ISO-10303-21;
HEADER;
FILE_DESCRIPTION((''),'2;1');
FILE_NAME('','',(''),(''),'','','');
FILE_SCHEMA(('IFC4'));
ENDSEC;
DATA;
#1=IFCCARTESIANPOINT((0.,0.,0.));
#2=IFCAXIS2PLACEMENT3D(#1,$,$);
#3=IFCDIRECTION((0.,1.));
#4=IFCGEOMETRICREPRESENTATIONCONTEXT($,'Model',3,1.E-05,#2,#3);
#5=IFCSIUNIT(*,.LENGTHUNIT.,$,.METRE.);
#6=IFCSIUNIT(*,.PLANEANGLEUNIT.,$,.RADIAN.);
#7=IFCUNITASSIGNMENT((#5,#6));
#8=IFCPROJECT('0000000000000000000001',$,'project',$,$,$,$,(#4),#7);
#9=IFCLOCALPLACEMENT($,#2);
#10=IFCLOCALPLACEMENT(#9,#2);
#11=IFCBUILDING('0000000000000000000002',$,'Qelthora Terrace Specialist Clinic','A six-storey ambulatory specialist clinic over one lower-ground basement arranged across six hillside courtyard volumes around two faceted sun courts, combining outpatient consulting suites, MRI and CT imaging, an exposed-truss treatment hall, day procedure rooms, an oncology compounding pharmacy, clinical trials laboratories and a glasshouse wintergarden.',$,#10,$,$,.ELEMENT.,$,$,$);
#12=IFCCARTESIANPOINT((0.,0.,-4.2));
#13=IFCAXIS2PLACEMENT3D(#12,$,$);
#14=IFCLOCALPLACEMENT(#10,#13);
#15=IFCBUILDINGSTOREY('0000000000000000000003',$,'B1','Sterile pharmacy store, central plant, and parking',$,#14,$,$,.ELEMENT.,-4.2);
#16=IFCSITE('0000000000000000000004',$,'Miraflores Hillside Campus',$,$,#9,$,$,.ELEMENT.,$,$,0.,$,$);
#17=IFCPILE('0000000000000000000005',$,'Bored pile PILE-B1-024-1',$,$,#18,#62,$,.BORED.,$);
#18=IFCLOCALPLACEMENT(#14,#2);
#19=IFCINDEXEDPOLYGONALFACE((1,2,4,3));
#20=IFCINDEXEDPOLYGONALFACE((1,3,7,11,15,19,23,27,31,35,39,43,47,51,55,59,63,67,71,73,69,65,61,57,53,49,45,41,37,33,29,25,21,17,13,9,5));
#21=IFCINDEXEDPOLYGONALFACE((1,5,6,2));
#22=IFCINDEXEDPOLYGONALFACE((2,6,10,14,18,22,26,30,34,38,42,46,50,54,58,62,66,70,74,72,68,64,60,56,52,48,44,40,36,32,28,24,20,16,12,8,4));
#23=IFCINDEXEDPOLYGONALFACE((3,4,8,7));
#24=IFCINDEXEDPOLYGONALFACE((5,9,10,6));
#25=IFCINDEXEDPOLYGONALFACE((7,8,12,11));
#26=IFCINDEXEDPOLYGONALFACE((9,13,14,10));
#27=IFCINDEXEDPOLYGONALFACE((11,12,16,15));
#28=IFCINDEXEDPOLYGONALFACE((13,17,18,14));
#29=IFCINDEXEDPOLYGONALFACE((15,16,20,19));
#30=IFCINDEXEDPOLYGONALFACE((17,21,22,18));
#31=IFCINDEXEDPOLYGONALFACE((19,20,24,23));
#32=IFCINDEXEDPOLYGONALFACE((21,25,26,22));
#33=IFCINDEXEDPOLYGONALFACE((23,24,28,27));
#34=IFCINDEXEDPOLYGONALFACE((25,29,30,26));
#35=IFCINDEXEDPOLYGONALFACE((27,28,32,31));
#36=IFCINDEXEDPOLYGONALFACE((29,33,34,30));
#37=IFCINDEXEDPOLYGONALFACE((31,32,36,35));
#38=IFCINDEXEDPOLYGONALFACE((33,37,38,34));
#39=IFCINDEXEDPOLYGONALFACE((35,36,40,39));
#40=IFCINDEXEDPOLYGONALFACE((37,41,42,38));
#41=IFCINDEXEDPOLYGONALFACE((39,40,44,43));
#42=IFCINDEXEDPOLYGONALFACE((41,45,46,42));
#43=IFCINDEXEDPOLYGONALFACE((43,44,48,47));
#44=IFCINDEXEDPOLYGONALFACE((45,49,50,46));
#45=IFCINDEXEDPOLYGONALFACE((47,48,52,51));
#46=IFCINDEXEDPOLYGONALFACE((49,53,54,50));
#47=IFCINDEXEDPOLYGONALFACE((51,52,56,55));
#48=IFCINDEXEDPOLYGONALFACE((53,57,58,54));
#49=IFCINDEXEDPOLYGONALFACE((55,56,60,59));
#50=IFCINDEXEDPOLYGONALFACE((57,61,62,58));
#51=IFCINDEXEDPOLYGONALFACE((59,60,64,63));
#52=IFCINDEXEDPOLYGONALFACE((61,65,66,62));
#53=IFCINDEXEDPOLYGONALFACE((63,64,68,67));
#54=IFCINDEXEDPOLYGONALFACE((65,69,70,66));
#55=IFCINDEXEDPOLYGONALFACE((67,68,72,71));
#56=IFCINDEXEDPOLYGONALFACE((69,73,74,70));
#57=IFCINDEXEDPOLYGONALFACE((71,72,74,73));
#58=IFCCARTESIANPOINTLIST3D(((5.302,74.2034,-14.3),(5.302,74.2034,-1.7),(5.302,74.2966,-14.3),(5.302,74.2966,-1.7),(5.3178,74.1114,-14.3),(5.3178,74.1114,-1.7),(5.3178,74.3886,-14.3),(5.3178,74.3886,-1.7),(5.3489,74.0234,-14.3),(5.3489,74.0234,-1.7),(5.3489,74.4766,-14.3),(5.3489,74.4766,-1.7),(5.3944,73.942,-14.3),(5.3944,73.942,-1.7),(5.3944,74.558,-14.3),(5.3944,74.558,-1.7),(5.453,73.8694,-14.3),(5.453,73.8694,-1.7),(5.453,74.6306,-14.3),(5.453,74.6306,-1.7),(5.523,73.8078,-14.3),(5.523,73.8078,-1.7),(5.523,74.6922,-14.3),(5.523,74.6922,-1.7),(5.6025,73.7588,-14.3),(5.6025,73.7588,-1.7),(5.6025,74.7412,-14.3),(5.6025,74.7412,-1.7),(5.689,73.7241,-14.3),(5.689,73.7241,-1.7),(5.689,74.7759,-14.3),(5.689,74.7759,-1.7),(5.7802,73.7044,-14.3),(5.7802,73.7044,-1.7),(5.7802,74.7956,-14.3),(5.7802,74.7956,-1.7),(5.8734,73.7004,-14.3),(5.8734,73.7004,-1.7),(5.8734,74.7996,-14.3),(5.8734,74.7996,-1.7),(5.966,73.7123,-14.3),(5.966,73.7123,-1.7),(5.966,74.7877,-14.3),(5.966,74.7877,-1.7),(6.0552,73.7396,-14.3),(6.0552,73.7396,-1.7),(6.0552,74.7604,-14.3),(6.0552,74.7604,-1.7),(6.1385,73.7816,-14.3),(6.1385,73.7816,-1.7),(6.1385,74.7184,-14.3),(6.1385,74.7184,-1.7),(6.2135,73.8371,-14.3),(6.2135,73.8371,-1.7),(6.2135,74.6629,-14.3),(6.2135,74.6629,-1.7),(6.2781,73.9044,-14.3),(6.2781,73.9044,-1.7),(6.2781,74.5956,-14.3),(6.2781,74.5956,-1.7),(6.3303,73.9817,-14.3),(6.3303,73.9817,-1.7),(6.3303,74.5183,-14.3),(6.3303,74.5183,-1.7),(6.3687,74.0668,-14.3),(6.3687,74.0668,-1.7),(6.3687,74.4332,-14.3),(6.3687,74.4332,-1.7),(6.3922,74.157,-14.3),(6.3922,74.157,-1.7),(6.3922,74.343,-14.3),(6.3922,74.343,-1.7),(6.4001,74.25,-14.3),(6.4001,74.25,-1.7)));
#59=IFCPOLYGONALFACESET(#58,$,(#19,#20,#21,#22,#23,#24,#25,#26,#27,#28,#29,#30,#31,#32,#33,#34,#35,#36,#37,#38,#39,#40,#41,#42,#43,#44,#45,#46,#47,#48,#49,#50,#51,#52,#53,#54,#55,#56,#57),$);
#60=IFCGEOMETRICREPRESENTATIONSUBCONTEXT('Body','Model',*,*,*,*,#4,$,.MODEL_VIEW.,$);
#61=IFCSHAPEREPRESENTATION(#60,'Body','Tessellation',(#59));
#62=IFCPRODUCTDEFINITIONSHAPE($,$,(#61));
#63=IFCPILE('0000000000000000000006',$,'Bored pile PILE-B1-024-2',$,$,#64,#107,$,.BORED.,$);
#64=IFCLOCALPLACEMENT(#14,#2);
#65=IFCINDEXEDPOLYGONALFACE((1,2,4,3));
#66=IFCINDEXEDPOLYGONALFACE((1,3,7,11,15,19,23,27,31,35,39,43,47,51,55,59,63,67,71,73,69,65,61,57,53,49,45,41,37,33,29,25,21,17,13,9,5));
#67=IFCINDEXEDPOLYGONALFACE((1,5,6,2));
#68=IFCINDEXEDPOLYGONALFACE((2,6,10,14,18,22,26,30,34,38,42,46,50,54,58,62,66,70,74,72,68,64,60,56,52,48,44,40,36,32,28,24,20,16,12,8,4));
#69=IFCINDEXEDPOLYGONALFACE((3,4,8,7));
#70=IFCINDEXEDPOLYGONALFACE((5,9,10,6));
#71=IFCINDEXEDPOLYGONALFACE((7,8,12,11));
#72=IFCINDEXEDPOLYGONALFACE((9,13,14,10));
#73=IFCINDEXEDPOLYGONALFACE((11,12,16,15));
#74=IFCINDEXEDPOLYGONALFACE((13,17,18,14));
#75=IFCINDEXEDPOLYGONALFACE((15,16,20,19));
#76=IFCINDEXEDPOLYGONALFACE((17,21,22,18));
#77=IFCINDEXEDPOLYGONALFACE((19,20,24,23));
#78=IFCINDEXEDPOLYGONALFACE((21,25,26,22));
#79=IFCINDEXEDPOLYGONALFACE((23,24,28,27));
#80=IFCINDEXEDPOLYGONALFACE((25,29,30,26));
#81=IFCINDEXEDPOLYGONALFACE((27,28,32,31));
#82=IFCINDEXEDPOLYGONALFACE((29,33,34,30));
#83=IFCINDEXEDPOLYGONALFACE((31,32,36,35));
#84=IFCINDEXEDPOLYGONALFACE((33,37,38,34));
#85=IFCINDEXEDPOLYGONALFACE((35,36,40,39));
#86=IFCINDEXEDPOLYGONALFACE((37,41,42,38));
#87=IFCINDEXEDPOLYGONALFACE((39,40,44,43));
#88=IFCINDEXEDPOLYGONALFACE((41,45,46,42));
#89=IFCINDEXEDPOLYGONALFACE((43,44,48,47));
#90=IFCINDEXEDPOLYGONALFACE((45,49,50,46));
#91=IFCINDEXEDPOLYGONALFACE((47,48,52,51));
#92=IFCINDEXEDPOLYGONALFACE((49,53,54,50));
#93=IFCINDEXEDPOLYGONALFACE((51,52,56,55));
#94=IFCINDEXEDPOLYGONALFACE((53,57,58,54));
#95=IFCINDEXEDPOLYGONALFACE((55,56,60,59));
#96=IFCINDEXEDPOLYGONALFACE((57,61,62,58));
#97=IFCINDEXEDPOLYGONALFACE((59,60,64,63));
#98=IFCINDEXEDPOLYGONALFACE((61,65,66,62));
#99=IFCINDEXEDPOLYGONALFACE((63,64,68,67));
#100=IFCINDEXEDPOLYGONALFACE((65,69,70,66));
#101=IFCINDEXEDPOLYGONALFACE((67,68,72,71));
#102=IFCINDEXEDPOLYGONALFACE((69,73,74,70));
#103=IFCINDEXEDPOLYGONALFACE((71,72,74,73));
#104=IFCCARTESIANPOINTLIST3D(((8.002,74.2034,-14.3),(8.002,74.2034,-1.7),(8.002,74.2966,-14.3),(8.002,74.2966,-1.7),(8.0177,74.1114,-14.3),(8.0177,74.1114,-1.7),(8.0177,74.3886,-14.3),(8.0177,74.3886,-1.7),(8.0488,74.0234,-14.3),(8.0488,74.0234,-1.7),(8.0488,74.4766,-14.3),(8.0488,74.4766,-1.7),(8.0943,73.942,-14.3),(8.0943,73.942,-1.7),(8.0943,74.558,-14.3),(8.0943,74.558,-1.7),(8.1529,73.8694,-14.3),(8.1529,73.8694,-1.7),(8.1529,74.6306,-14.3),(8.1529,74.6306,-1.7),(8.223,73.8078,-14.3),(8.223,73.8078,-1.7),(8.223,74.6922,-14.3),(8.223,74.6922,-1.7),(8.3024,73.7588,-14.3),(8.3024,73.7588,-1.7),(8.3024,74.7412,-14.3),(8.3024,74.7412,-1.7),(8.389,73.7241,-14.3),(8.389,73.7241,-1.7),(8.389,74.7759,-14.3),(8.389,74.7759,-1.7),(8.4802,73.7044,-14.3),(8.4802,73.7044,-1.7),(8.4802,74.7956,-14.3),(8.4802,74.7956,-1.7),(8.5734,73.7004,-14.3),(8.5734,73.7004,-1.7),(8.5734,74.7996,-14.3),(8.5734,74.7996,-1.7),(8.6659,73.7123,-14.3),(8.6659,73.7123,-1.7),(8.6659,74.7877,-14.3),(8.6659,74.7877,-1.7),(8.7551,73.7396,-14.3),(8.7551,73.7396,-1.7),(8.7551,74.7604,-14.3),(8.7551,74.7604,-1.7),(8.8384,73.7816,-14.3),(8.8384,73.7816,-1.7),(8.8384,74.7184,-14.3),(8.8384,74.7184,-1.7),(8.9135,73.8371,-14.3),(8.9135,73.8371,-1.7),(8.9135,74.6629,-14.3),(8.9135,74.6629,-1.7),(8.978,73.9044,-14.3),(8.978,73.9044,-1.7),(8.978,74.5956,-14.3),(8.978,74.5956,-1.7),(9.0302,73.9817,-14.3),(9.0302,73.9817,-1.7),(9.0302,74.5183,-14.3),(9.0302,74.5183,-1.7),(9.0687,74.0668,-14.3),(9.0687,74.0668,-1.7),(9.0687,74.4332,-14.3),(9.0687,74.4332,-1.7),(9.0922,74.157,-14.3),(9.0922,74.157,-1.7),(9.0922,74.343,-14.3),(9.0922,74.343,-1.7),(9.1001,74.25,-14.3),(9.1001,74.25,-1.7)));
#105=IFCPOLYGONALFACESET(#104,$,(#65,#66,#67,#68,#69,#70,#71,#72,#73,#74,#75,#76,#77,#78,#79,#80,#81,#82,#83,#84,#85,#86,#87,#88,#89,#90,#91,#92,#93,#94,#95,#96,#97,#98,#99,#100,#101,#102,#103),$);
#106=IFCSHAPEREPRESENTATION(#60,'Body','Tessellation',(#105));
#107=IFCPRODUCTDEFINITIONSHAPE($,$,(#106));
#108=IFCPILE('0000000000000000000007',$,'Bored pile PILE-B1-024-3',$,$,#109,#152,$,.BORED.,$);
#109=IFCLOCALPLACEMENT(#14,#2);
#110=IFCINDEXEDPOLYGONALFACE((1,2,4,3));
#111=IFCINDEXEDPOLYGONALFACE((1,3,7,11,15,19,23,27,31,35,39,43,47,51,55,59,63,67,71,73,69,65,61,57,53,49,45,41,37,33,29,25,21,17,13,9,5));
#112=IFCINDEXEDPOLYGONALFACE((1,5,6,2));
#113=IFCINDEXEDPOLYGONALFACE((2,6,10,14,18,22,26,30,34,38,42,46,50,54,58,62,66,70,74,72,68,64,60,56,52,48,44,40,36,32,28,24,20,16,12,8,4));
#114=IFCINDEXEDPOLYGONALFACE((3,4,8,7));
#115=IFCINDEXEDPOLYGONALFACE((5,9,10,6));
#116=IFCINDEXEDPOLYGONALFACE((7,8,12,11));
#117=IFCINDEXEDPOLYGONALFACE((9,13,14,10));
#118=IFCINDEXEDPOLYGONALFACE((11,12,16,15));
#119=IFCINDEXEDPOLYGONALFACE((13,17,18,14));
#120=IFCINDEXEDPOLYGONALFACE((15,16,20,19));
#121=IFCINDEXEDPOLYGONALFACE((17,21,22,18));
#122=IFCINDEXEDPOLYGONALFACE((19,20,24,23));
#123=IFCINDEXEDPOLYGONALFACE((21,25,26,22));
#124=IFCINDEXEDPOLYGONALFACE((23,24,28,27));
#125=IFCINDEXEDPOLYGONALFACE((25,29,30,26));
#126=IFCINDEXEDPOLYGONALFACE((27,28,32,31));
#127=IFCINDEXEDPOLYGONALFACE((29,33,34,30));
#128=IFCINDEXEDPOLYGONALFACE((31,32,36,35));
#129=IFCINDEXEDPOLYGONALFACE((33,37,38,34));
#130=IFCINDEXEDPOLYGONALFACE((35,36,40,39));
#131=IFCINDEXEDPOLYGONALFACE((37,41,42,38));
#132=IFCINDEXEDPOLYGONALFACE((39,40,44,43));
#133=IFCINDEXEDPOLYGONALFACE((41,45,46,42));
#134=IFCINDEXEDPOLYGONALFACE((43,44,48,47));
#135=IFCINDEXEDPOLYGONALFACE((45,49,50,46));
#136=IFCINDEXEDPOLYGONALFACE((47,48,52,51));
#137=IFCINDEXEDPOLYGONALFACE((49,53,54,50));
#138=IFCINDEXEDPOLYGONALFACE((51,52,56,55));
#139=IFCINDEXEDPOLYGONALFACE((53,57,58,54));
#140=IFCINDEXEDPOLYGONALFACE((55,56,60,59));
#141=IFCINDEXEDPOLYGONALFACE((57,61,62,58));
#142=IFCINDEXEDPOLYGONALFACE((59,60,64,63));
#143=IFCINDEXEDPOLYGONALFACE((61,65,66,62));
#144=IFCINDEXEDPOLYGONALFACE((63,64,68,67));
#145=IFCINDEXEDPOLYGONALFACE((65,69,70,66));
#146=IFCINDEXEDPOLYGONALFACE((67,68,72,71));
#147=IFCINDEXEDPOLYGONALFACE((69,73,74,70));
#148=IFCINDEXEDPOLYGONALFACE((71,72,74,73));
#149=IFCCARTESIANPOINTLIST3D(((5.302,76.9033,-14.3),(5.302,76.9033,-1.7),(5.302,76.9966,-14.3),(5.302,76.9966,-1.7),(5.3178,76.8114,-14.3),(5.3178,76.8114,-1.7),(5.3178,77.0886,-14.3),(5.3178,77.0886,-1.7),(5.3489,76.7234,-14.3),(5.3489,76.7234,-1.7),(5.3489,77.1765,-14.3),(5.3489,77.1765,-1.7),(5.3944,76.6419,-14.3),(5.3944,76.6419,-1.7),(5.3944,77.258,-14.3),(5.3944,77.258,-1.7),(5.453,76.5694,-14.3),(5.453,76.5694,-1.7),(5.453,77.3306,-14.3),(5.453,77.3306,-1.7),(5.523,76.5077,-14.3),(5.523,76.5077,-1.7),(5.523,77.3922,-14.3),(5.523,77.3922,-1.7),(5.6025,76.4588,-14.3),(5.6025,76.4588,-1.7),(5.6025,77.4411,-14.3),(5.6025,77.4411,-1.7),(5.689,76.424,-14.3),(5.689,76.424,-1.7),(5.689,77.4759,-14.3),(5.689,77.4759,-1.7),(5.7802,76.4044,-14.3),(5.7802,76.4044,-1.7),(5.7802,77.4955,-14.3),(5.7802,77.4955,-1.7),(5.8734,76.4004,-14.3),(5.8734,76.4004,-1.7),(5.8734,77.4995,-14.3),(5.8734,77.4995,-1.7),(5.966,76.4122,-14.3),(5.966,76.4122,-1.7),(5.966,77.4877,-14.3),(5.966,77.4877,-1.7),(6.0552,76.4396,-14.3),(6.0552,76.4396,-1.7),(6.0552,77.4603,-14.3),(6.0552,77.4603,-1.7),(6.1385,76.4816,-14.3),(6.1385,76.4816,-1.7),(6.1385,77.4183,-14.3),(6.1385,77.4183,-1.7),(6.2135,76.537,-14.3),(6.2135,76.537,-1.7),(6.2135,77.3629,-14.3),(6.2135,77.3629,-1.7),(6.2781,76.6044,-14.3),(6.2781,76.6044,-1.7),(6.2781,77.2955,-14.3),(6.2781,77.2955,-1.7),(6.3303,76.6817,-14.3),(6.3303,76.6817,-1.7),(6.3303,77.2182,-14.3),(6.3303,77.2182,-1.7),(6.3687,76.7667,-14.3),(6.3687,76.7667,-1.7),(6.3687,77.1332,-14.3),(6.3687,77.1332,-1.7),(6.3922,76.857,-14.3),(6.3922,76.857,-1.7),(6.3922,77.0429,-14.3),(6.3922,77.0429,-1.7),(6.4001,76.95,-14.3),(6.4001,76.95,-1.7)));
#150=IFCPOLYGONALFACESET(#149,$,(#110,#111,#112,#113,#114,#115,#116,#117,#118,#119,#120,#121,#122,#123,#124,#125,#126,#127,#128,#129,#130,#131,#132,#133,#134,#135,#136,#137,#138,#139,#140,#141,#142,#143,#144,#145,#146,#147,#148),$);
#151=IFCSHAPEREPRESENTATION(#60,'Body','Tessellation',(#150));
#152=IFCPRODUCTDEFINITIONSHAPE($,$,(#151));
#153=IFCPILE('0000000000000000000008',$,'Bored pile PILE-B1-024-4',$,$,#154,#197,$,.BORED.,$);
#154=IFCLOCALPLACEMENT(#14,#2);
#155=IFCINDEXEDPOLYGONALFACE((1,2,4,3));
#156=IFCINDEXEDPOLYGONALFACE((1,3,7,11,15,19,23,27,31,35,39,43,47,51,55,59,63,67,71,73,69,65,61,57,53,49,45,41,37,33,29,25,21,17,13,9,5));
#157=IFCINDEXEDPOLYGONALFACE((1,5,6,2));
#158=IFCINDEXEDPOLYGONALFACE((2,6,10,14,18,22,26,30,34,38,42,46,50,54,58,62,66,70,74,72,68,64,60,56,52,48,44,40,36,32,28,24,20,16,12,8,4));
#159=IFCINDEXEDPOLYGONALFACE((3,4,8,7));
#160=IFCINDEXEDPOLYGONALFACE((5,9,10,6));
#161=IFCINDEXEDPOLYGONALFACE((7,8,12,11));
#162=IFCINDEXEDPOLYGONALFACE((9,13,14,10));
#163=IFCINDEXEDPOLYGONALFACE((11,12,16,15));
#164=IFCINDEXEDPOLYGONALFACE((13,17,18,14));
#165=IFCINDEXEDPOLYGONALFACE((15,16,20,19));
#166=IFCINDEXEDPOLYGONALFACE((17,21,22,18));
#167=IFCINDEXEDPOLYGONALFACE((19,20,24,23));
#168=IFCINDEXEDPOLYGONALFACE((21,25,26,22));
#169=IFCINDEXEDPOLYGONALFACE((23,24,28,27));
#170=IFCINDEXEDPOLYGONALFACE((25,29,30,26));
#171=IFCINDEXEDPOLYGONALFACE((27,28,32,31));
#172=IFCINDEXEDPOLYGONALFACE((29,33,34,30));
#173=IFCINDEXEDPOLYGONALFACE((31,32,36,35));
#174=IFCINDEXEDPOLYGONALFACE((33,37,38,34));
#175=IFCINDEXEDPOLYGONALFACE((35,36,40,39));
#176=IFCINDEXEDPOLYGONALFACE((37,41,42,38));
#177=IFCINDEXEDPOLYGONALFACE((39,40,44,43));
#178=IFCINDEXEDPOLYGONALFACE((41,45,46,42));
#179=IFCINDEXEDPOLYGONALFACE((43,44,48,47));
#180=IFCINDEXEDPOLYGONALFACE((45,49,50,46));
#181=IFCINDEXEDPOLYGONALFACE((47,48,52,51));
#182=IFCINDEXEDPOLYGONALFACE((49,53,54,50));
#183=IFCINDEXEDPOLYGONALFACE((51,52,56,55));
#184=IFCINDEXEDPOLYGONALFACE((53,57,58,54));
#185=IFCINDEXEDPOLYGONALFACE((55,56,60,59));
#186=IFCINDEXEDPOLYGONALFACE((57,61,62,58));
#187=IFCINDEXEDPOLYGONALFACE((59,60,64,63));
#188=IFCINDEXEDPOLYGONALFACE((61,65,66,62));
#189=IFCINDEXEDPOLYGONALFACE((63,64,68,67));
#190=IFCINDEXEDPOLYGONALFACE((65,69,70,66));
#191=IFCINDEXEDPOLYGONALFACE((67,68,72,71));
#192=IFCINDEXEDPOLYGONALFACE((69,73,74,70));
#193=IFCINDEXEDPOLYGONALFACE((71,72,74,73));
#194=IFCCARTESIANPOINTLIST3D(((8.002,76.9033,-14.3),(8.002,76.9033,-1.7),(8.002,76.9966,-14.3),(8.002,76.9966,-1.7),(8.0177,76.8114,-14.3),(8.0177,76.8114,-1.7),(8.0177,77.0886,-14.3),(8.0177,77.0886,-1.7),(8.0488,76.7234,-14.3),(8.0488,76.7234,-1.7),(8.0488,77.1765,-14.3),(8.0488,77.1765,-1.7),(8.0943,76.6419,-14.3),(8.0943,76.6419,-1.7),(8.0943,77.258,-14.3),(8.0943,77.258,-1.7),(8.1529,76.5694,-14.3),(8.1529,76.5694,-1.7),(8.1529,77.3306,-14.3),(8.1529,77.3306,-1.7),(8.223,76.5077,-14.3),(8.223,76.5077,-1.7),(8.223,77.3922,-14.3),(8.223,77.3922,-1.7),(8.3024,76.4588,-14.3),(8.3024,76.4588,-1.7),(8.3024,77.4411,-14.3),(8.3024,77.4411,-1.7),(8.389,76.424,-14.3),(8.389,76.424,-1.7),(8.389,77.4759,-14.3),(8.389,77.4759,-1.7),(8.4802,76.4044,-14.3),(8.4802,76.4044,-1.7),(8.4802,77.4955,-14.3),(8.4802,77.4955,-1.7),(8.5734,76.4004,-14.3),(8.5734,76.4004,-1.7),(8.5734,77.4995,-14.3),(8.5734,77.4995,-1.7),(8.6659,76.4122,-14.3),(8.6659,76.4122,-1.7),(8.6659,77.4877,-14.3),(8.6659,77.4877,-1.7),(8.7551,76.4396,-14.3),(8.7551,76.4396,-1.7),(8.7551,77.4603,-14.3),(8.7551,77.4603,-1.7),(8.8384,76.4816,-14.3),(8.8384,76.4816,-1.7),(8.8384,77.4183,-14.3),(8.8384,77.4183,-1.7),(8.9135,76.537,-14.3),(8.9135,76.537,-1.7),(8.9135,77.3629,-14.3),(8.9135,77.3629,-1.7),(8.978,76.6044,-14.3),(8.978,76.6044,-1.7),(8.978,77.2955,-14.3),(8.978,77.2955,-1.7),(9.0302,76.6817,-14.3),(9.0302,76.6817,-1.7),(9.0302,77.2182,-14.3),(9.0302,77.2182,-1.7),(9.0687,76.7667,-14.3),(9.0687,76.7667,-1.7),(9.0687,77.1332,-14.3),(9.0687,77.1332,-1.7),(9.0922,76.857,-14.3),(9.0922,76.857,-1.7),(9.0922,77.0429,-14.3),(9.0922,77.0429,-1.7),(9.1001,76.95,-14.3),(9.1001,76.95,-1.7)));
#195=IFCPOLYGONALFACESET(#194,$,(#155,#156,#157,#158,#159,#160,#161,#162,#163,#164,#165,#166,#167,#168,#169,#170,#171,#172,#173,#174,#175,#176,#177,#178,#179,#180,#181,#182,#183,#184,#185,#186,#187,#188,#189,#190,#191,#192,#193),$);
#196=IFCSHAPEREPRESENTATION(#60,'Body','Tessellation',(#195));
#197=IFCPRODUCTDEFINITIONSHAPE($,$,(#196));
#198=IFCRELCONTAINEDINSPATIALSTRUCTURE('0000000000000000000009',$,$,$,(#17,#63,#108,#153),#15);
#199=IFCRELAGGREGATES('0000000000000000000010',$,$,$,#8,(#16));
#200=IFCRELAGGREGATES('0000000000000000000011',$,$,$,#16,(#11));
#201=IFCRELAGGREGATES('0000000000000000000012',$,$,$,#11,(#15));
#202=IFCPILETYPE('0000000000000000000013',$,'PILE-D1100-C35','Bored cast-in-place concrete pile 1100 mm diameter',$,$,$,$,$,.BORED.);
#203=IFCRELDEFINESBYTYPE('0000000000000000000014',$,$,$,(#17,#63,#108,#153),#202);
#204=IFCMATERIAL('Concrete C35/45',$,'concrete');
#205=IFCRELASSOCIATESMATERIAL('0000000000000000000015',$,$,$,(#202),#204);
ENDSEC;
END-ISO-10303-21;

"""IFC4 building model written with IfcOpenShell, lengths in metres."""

from ifc_helpers import new_model, si_unit, direction, frame, origin, origin_2d, place, context, subcontext, project, spatial, circle, extrude, material, material_profile, profile_set, type_object, element, save


model = new_model("IFC4")

# Units and contexts
model_context = context("Model", 3, precision=1e-05, world=origin(), true_north=direction((0.0, 1.0)))
body_context = subcontext(model_context, "Body", "Model", "MODEL_VIEW")
ifc_project = project(units=[si_unit("LENGTHUNIT", "METRE"), si_unit("PLANEANGLEUNIT", "RADIAN")], contexts=[model_context])

# Site, building, storey
site_placement = place(None, origin())
site = spatial("IfcSite", under=ifc_project, at=site_placement, Name="Miraflores Hillside Campus", CompositionType="ELEMENT", RefElevation=0.0)
building_placement = place(site_placement, origin())
building = spatial("IfcBuilding", under=site, at=building_placement, Name="Qelthora Terrace Specialist Clinic", Description="A six-storey ambulatory specialist clinic over one lower-ground basement arranged across six hillside courtyard volumes around two faceted sun courts, combining outpatient consulting suites, MRI and CT imaging, an exposed-truss treatment hall, day procedure rooms, an oncology compounding pharmacy, clinical trials laboratories and a glasshouse wintergarden.", CompositionType="ELEMENT")
storey_placement = place(building_placement, frame((0.0, 0.0, -4.2)))
storey = spatial("IfcBuildingStorey", under=building, at=storey_placement, Name="B1", Description="Sterile pharmacy store, central plant, and parking", CompositionType="ELEMENT", Elevation=-4.2)

# Shared definitions
ifc_material_1 = material(Name="Concrete C35/45", Category="concrete")

# Piles
ifc_material_profile_1 = material_profile(ifc_material_1, circle(Radius=0.55, at=origin_2d()), Name="PILE1100")
ifc_profile_set_1 = profile_set([ifc_material_profile_1], Name="Concrete C35/45")
pile_type_1 = type_object("IfcPileType", Name="PILE-D1100-C35", Description="Bored cast-in-place concrete pile 1100 mm diameter", PredefinedType="BORED", material=ifc_profile_set_1)
for number, where, z_axis, x_axis, name in (
    (1, (5.8501, 74.25, -1.7), (0.0, 0.0, -1.0), (1.0, 0.0, 0.0), "Bored pile PILE-B1-024-1"),
    (2, (8.55, 74.25, -1.7), (0.0, 0.0, -1.0), (1.0, 0.0, 0.0), "Bored pile PILE-B1-024-2"),
    (3, (5.8501, 76.95, -1.7), (0.0, 0.0, -1.0), (1.0, 0.0, 0.0), "Bored pile PILE-B1-024-3"),
    (4, (8.55, 76.95, -1.7), (0.0, 0.0, -1.0), (1.0, 0.0, 0.0), "Bored pile PILE-B1-024-4"),
):
    element("IfcPile", number, at=place(storey_placement, frame(where, z_axis=z_axis, x_axis=x_axis)), inside=storey, type_object=pile_type_1, Name=name, PredefinedType="BORED", context=body_context, shape_type="SweptSolid", body=[
        extrude(circle(Radius=0.55, at=origin_2d()), origin(), (0.0, 0.0, 1.0), 12.6001),
    ])

save(model, "model.ifc")
